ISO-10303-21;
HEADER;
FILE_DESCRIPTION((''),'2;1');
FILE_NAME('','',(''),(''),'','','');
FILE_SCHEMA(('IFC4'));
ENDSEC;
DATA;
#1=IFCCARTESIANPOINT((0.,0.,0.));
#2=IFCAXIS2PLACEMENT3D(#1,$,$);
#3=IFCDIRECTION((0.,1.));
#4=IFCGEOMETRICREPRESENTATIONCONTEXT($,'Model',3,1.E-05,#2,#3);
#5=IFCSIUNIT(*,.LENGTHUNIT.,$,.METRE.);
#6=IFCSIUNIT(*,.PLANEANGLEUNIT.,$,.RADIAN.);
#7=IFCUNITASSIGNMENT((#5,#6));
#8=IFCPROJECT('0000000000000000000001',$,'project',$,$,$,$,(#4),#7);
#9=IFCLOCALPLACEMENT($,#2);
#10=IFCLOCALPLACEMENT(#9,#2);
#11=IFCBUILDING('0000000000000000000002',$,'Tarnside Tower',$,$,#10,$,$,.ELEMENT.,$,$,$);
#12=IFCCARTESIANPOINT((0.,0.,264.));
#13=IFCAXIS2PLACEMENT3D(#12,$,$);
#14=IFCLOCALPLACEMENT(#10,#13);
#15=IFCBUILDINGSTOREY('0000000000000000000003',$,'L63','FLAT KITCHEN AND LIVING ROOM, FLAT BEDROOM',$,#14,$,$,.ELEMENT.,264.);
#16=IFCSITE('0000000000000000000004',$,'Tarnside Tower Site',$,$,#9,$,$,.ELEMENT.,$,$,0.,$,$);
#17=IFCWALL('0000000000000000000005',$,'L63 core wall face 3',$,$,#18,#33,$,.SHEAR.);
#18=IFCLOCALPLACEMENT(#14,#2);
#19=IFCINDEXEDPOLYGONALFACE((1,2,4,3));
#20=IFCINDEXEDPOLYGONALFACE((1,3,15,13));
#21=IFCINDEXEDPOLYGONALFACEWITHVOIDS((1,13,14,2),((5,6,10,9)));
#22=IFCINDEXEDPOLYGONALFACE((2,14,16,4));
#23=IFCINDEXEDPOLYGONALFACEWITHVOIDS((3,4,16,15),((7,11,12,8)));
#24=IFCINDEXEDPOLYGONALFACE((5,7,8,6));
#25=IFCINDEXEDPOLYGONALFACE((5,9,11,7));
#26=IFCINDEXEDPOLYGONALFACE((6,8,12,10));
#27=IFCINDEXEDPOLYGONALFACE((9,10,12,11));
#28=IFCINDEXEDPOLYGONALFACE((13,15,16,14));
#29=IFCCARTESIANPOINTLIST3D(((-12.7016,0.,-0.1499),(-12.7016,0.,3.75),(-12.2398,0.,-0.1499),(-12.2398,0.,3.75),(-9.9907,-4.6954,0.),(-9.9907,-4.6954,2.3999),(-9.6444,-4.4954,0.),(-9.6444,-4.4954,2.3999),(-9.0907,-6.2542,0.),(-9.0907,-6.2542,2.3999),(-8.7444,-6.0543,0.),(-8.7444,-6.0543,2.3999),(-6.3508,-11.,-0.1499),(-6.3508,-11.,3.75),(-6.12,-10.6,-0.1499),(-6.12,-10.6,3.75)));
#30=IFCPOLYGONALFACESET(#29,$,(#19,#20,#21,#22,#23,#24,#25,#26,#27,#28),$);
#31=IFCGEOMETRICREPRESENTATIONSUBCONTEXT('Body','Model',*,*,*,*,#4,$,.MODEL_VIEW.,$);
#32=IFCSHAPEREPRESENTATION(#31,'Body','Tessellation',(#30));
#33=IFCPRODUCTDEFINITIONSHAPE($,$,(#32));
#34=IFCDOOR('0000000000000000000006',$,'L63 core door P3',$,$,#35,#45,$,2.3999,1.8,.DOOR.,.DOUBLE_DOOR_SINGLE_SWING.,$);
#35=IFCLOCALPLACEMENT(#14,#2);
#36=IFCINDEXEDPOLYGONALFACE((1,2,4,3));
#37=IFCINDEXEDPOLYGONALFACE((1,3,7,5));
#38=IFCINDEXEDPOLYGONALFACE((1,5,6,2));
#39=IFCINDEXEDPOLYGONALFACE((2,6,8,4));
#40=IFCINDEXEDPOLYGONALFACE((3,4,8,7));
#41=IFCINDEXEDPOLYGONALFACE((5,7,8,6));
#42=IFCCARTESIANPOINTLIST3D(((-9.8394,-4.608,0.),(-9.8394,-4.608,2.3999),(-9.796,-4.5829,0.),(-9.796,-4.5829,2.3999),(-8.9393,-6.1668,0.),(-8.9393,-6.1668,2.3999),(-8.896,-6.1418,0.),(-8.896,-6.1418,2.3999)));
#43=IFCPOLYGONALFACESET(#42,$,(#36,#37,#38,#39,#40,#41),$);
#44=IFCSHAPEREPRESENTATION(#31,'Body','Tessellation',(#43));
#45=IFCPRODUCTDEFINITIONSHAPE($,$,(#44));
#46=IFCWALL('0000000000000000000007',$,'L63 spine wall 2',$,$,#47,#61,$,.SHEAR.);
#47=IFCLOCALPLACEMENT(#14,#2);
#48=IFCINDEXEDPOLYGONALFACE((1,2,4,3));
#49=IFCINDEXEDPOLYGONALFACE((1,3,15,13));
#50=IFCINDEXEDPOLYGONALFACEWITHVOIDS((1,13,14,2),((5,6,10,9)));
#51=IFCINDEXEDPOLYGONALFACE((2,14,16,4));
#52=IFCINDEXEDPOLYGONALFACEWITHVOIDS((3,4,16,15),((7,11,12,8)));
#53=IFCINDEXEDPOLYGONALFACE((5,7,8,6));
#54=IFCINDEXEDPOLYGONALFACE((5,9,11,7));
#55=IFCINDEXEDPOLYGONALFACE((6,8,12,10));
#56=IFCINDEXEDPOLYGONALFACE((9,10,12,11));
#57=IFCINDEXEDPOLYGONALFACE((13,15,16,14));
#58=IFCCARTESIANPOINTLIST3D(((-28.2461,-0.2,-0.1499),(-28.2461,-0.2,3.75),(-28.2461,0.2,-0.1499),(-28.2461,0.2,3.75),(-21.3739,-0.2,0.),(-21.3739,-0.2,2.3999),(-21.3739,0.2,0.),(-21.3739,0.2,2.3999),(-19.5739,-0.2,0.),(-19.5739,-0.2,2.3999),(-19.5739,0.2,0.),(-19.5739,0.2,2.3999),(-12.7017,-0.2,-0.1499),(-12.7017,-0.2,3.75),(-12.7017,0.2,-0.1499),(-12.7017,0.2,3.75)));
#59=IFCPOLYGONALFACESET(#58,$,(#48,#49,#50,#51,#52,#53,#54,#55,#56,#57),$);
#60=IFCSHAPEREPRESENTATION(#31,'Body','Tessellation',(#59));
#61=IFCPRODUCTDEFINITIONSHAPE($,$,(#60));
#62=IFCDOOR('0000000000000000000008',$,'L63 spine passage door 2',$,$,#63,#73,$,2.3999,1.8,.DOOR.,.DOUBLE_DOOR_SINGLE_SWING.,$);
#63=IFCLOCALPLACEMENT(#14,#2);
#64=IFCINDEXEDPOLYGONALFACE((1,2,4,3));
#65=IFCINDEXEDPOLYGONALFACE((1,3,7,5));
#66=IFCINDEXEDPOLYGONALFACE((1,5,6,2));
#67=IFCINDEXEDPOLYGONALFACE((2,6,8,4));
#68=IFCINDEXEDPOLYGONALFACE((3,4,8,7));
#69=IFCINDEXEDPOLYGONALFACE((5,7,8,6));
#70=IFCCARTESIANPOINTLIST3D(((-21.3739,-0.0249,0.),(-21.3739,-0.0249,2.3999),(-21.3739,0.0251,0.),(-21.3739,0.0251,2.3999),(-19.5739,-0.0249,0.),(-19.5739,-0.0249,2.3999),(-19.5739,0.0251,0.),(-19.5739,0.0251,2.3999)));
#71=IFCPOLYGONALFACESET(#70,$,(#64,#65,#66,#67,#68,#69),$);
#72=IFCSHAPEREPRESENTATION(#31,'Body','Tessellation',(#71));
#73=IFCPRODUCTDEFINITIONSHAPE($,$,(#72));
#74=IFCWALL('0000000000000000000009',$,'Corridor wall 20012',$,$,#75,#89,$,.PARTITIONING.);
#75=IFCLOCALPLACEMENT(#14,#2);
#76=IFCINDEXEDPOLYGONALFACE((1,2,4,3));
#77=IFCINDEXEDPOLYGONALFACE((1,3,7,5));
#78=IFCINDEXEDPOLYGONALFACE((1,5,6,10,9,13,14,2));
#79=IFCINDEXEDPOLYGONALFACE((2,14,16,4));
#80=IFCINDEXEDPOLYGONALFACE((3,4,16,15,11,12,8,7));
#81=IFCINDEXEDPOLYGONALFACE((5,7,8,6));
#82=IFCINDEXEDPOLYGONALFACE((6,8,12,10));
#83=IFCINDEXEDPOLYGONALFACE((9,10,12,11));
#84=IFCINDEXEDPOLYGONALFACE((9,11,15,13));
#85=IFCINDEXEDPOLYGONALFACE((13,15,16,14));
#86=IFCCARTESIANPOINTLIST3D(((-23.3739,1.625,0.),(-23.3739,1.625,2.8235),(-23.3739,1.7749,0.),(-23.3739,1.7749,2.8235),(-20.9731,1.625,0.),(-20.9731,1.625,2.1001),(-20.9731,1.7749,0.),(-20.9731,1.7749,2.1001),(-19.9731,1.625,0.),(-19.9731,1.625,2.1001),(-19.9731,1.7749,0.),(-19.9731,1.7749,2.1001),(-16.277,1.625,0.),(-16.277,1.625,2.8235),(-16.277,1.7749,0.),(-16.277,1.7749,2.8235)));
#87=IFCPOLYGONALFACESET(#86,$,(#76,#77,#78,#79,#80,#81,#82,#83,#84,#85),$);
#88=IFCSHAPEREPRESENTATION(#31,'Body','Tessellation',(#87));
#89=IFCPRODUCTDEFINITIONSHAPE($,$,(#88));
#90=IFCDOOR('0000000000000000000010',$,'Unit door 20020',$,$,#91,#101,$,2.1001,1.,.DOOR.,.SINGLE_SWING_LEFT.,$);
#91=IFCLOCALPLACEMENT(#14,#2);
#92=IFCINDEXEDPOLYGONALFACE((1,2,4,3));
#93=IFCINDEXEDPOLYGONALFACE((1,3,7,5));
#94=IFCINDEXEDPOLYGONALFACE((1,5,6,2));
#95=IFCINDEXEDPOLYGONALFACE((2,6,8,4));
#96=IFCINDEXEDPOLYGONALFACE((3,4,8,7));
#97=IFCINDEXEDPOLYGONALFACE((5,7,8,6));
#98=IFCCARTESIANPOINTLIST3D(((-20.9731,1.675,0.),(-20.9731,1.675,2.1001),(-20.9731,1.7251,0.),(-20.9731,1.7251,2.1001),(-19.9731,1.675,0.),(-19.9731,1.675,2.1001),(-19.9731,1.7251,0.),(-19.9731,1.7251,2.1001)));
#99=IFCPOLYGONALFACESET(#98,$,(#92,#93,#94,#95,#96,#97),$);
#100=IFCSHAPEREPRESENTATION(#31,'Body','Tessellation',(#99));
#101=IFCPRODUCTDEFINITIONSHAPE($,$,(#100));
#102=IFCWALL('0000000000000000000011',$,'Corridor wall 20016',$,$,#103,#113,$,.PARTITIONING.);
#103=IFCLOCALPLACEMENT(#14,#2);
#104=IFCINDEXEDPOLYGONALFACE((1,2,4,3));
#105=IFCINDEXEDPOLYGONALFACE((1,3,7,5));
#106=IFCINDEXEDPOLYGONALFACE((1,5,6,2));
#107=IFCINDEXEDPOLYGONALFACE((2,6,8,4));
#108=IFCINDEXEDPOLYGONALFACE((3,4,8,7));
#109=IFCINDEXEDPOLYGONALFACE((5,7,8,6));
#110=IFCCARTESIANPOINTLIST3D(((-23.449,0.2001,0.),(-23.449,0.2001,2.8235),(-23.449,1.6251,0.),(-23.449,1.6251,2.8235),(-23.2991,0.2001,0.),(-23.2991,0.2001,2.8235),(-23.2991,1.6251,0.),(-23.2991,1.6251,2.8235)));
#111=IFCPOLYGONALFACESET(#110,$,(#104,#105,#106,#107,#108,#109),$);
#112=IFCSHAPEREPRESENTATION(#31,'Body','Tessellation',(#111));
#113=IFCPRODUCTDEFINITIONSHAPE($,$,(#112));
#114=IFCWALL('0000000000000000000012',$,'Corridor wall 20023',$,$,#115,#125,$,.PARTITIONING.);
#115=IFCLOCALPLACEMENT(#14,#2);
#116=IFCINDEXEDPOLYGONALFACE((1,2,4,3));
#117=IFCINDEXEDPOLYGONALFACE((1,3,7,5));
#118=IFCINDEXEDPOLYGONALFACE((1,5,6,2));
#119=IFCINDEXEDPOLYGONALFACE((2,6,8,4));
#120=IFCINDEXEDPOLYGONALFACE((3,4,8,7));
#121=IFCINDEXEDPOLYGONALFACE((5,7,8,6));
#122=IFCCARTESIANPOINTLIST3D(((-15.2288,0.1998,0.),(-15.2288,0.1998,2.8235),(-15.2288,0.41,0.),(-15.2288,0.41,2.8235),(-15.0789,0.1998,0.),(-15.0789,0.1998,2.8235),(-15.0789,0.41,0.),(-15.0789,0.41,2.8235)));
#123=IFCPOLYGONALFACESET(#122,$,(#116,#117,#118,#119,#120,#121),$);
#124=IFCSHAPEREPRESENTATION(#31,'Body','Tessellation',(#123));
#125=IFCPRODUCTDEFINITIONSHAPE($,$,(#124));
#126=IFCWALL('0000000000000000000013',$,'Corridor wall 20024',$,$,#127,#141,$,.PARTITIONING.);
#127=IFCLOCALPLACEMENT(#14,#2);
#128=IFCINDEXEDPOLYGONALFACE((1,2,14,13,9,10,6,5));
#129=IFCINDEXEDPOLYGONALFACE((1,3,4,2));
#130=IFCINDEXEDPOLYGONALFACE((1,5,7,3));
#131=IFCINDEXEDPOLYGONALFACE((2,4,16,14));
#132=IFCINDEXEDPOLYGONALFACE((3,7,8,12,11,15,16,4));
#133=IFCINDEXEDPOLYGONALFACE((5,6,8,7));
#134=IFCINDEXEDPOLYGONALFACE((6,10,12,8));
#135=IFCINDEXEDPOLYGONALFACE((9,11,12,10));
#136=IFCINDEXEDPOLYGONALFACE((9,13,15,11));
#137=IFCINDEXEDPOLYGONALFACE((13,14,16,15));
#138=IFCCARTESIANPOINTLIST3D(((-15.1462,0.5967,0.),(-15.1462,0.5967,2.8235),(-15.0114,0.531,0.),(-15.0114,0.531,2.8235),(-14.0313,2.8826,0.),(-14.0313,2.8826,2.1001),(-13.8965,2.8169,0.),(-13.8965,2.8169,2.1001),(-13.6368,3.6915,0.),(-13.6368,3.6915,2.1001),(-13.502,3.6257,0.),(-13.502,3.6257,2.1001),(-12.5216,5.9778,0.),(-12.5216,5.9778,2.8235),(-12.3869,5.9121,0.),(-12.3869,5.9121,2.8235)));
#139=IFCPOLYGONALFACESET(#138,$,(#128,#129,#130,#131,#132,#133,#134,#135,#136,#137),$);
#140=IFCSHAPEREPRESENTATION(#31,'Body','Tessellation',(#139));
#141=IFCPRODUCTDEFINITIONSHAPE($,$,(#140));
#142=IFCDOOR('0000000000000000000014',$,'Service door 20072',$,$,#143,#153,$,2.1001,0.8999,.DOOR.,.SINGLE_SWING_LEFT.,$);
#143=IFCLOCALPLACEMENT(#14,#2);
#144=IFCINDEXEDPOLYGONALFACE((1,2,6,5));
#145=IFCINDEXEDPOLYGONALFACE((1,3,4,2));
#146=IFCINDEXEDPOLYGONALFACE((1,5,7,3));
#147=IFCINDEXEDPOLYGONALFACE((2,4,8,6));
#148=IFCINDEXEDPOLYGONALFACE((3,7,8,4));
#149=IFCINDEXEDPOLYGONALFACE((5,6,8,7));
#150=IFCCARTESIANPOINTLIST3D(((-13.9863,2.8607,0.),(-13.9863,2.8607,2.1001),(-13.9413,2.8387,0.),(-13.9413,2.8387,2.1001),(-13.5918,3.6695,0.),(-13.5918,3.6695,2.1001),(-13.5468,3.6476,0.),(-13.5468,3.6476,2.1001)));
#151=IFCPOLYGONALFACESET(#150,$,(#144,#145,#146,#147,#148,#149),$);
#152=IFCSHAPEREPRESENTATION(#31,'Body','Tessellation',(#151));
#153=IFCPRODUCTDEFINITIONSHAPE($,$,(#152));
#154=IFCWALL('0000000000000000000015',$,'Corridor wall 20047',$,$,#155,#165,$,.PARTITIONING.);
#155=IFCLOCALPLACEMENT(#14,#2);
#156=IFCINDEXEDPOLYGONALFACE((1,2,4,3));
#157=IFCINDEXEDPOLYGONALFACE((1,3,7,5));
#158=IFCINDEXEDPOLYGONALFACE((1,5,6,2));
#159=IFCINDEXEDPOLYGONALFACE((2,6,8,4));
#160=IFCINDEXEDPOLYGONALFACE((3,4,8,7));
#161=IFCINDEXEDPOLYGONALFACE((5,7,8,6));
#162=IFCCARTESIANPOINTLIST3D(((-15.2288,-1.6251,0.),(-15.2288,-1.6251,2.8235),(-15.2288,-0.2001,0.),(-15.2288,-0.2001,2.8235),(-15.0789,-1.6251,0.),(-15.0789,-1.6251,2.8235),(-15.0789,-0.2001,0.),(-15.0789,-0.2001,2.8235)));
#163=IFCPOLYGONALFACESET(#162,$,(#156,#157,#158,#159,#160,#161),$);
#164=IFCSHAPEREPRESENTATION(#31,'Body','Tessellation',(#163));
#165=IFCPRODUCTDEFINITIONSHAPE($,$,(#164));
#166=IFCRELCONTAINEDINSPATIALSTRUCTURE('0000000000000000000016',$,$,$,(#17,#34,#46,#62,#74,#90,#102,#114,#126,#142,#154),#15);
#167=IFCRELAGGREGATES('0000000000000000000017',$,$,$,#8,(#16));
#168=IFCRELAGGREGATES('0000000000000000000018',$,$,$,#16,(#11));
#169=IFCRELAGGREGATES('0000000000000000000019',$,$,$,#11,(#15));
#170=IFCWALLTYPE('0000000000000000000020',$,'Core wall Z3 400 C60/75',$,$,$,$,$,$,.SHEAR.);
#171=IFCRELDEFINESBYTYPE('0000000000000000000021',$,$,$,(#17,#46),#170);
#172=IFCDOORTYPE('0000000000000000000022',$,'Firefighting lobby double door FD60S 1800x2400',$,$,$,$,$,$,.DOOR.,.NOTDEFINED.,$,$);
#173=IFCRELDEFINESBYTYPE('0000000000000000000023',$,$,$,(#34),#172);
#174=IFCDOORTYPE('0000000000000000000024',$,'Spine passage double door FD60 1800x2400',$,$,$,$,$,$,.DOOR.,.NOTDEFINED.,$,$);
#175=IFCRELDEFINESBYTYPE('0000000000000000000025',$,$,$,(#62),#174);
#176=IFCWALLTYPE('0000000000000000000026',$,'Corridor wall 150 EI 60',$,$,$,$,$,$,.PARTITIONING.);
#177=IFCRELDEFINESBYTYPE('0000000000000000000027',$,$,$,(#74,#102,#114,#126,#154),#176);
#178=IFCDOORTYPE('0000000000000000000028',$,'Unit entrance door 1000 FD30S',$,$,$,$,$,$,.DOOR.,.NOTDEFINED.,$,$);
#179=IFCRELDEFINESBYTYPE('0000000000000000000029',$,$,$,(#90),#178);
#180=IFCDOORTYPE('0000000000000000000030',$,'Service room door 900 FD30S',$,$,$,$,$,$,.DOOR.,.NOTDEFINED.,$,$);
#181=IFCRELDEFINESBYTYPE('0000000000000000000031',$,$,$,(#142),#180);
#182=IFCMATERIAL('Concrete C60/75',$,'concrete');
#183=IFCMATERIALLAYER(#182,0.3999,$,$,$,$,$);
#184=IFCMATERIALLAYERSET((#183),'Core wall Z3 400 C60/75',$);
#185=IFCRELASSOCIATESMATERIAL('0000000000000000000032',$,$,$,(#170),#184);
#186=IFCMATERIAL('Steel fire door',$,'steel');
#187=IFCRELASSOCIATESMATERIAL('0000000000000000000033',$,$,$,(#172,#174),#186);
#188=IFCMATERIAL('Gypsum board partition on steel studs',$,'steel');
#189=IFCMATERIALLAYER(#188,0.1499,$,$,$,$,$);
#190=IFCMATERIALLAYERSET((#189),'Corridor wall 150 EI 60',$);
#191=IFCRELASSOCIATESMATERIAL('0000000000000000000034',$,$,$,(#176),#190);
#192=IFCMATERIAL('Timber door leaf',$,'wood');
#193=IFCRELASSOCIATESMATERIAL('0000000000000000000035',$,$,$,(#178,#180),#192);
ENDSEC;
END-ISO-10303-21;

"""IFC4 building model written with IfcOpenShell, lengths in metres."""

from ifc_helpers import new_model, si_unit, direction, frame, frame_2d, origin, place, context, subcontext, project, spatial, polyline, rectangle, outline, extrude, material, layer, layer_set, type_object, element, fill, save


model = new_model("IFC4")

# Units and contexts
model_context = context("Model", 3, precision=1e-05, world=origin(), true_north=direction((0.0, 1.0)))
body_context = subcontext(model_context, "Body", "Model", "MODEL_VIEW")
ifc_project = project(units=[si_unit("LENGTHUNIT", "METRE"), si_unit("PLANEANGLEUNIT", "RADIAN")], contexts=[model_context])

# Site, building, storey
site_placement = place(None, origin())
site = spatial("IfcSite", under=ifc_project, at=site_placement, Name="Tarnside Tower Site", CompositionType="ELEMENT", RefElevation=0.0)
building_placement = place(site_placement, origin())
building = spatial("IfcBuilding", under=site, at=building_placement, Name="Tarnside Tower", CompositionType="ELEMENT")
storey_placement = place(building_placement, frame((0.0, 0.0, 264.0)))
storey = spatial("IfcBuildingStorey", under=building, at=storey_placement, Name="L63", Description="FLAT KITCHEN AND LIVING ROOM, FLAT BEDROOM", CompositionType="ELEMENT", Elevation=264.0)

# Walls, openings, doors
ifc_material_1 = material(Name="Concrete C60/75", Category="concrete")
ifc_layer_1 = layer(ifc_material_1, 0.3999)
ifc_layer_set_1 = layer_set([ifc_layer_1], Name="Core wall Z3 400 C60/75")
wall_type_1 = type_object("IfcWallType", Name="Core wall Z3 400 C60/75", PredefinedType="SHEAR", material=ifc_layer_set_1)
wall_1_placement = place(storey_placement, frame((-12.4707, 0.0, -0.1499), z_axis=(0.0, 0.0, 1.0), x_axis=(0.499996, -0.866027, 0.0)))
wall_1 = element("IfcWall", 1, at=wall_1_placement, inside=storey, type_object=wall_type_1, Name="L63 core wall face 3", PredefinedType="SHEAR", context=body_context, shape_type="SweptSolid", body=[
    extrude(outline(polyline([(-0.1155, -0.2), (12.5862, -0.2), (12.3552, 0.2), (0.1155, 0.2), (-0.1155, -0.2)])), origin(), (0.0, 0.0, 1.0), 3.8999),
])
opening_1_placement = place(wall_1_placement, frame((5.3064, 0.0, 0.1499)))
opening_1 = element("IfcOpeningElement", 2, at=opening_1_placement, cuts=wall_1, PredefinedType="OPENING", context=body_context, shape_type="SweptSolid", body=[
    extrude(rectangle(XDim=1.8, YDim=2.3999, at=frame_2d((0.8999, 1.2))), frame((0.0, 0.21, 0.0), z_axis=(0.0, -1.0, 0.0), x_axis=(1.0, 0.0, 0.0)), (0.0, 0.0, 1.0), 0.4199),
])
ifc_material_2 = material(Name="Steel fire door", Category="steel")
door_type_1 = type_object("IfcDoorType", Name="Firefighting lobby double door FD60S 1800x2400", OperationType="NOTDEFINED", PredefinedType="DOOR", material=ifc_material_2)
door_1_placement = place(opening_1_placement, origin())
door_1 = element("IfcDoor", 3, at=door_1_placement, inside=storey, type_object=door_type_1, Name="L63 core door P3", OperationType="DOUBLE_DOOR_SINGLE_SWING", OverallHeight=2.3999, OverallWidth=1.8, PredefinedType="DOOR", context=body_context, shape_type="SweptSolid", body=[
    extrude(rectangle(XDim=1.8, YDim=2.3999, at=frame_2d((0.8999, 1.2))), frame((0.0, 0.0249, 0.0), z_axis=(0.0, -1.0, 0.0), x_axis=(1.0, 0.0, 0.0)), (0.0, 0.0, 1.0), 0.05),
])
fill(opening_1, door_1)
wall_2_placement = place(storey_placement, frame((-12.7017, 0.0, -0.1499), z_axis=(0.0, 0.0, 1.0), x_axis=(-1.0, 0.0, 0.0)))
wall_2 = element("IfcWall", 4, at=wall_2_placement, inside=storey, type_object=wall_type_1, Name="L63 spine wall 2", PredefinedType="SHEAR", context=body_context, shape_type="SweptSolid", body=[
    extrude(rectangle(XDim=15.5444, YDim=0.3999, at=frame_2d((7.7722, 0.0))), origin(), (0.0, 0.0, 1.0), 3.8999),
])
opening_2_placement = place(wall_2_placement, frame((6.8723, 0.0, 0.1499)))
opening_2 = element("IfcOpeningElement", 5, at=opening_2_placement, cuts=wall_2, PredefinedType="OPENING", context=body_context, shape_type="SweptSolid", body=[
    extrude(rectangle(XDim=1.8, YDim=2.3999, at=frame_2d((0.8999, 1.2))), frame((0.0, 0.21, 0.0), z_axis=(0.0, -1.0, 0.0), x_axis=(1.0, 0.0, 0.0)), (0.0, 0.0, 1.0), 0.4199),
])
door_type_2 = type_object("IfcDoorType", Name="Spine passage double door FD60 1800x2400", OperationType="NOTDEFINED", PredefinedType="DOOR", material=ifc_material_2)
door_2_placement = place(opening_2_placement, origin())
door_2 = element("IfcDoor", 6, at=door_2_placement, inside=storey, type_object=door_type_2, Name="L63 spine passage door 2", OperationType="DOUBLE_DOOR_SINGLE_SWING", OverallHeight=2.3999, OverallWidth=1.8, PredefinedType="DOOR", context=body_context, shape_type="SweptSolid", body=[
    extrude(rectangle(XDim=1.8, YDim=2.3999, at=frame_2d((0.8999, 1.2))), frame((0.0, 0.0249, 0.0), z_axis=(0.0, -1.0, 0.0), x_axis=(1.0, 0.0, 0.0)), (0.0, 0.0, 1.0), 0.05),
])
fill(opening_2, door_2)
ifc_material_3 = material(Name="Gypsum board partition on steel studs", Category="steel")
ifc_layer_2 = layer(ifc_material_3, 0.1499)
ifc_layer_set_2 = layer_set([ifc_layer_2], Name="Corridor wall 150 EI 60")
wall_type_2 = type_object("IfcWallType", Name="Corridor wall 150 EI 60", PredefinedType="PARTITIONING", material=ifc_layer_set_2)
wall_3_placement = place(storey_placement, frame((-16.2771, 1.7, 0.0), z_axis=(0.0, 0.0, 1.0), x_axis=(-1.0, 0.0, 0.0)))
wall_3 = element("IfcWall", 7, at=wall_3_placement, inside=storey, type_object=wall_type_2, Name="Corridor wall 20012", PredefinedType="PARTITIONING", context=body_context, shape_type="SweptSolid", body=[
    extrude(rectangle(XDim=7.0969, YDim=0.1499, at=frame_2d((3.5483, 0.0))), origin(), (0.0, 0.0, 1.0), 2.8235),
])
opening_3_placement = place(wall_3_placement, frame((3.696, 0.0, 0.0)))
opening_3 = element("IfcOpeningElement", 8, at=opening_3_placement, cuts=wall_3, PredefinedType="OPENING", context=body_context, shape_type="SweptSolid", body=[
    extrude(rectangle(XDim=1.0, YDim=2.1001, at=frame_2d((0.5, 1.05))), frame((0.0, 0.085, 0.0), z_axis=(0.0, -1.0, 0.0), x_axis=(1.0, 0.0, 0.0)), (0.0, 0.0, 1.0), 0.1699),
])
ifc_material_4 = material(Name="Timber door leaf", Category="wood")
door_type_3 = type_object("IfcDoorType", Name="Unit entrance door 1000 FD30S", OperationType="NOTDEFINED", PredefinedType="DOOR", material=ifc_material_4)
door_3_placement = place(opening_3_placement, origin())
door_3 = element("IfcDoor", 9, at=door_3_placement, inside=storey, type_object=door_type_3, Name="Unit door 20020", OperationType="SINGLE_SWING_LEFT", OverallHeight=2.1001, OverallWidth=1.0, PredefinedType="DOOR", context=body_context, shape_type="SweptSolid", body=[
    extrude(rectangle(XDim=1.0, YDim=2.1001, at=frame_2d((0.5, 1.05))), frame((0.0, 0.0249, 0.0), z_axis=(0.0, -1.0, 0.0), x_axis=(1.0, 0.0, 0.0)), (0.0, 0.0, 1.0), 0.05),
])
fill(opening_3, door_3)

# Walls
wall_4_placement = place(storey_placement, frame((-23.374, 1.625, 0.0), z_axis=(0.0, 0.0, 1.0), x_axis=(0.0, -1.0, 0.0)))
element("IfcWall", 10, at=wall_4_placement, inside=storey, type_object=wall_type_2, Name="Corridor wall 20016", PredefinedType="PARTITIONING", context=body_context, shape_type="SweptSolid", body=[
    extrude(rectangle(XDim=1.425, YDim=0.1499, at=frame_2d((0.7124, 0.0))), origin(), (0.0, 0.0, 1.0), 2.8235),
])
wall_5_placement = place(storey_placement, frame((-15.1538, 0.2, 0.0), z_axis=(0.0, 0.0, 1.0), x_axis=(0.0, 1.0, 0.0)))
element("IfcWall", 11, at=wall_5_placement, inside=storey, type_object=wall_type_2, Name="Corridor wall 20023", PredefinedType="PARTITIONING", context=body_context, shape_type="SweptSolid", body=[
    extrude(rectangle(XDim=0.2102, YDim=0.1499, at=frame_2d((0.105, 0.0))), origin(), (0.0, 0.0, 1.0), 2.8235),
])

# Wall, opening, door
wall_6_placement = place(storey_placement, frame((-15.0789, 0.5637, 0.0), z_axis=(0.0, 0.0, 1.0), x_axis=(0.438367, 0.898796, 0.0)))
wall_6 = element("IfcWall", 12, at=wall_6_placement, inside=storey, type_object=wall_type_2, Name="Corridor wall 20024", PredefinedType="PARTITIONING", context=body_context, shape_type="SweptSolid", body=[
    extrude(rectangle(XDim=5.9871, YDim=0.1499, at=frame_2d((2.9937, 0.0))), origin(), (0.0, 0.0, 1.0), 2.8235),
])
opening_4_placement = place(wall_6_placement, frame((2.5435, 0.0, 0.0)))
opening_4 = element("IfcOpeningElement", 13, at=opening_4_placement, cuts=wall_6, PredefinedType="OPENING", context=body_context, shape_type="SweptSolid", body=[
    extrude(rectangle(XDim=0.8999, YDim=2.1001, at=frame_2d((0.45, 1.05))), frame((0.0, 0.085, 0.0), z_axis=(0.0, -1.0, 0.0), x_axis=(1.0, 0.0, 0.0)), (0.0, 0.0, 1.0), 0.1699),
])
door_type_4 = type_object("IfcDoorType", Name="Service room door 900 FD30S", OperationType="NOTDEFINED", PredefinedType="DOOR", material=ifc_material_4)
door_4_placement = place(opening_4_placement, origin())
door_4 = element("IfcDoor", 14, at=door_4_placement, inside=storey, type_object=door_type_4, Name="Service door 20072", OperationType="SINGLE_SWING_LEFT", OverallHeight=2.1001, OverallWidth=0.8999, PredefinedType="DOOR", context=body_context, shape_type="SweptSolid", body=[
    extrude(rectangle(XDim=0.8999, YDim=2.1001, at=frame_2d((0.45, 1.05))), frame((0.0, 0.0249, 0.0), z_axis=(0.0, -1.0, 0.0), x_axis=(1.0, 0.0, 0.0)), (0.0, 0.0, 1.0), 0.05),
])
fill(opening_4, door_4)

# Wall
wall_7_placement = place(storey_placement, frame((-15.1538, -1.625, 0.0), z_axis=(0.0, 0.0, 1.0), x_axis=(0.0, 1.0, 0.0)))
element("IfcWall", 15, at=wall_7_placement, inside=storey, type_object=wall_type_2, Name="Corridor wall 20047", PredefinedType="PARTITIONING", context=body_context, shape_type="SweptSolid", body=[
    extrude(rectangle(XDim=1.425, YDim=0.1499, at=frame_2d((0.7124, 0.0))), origin(), (0.0, 0.0, 1.0), 2.8235),
])

save(model, "model.ifc")
